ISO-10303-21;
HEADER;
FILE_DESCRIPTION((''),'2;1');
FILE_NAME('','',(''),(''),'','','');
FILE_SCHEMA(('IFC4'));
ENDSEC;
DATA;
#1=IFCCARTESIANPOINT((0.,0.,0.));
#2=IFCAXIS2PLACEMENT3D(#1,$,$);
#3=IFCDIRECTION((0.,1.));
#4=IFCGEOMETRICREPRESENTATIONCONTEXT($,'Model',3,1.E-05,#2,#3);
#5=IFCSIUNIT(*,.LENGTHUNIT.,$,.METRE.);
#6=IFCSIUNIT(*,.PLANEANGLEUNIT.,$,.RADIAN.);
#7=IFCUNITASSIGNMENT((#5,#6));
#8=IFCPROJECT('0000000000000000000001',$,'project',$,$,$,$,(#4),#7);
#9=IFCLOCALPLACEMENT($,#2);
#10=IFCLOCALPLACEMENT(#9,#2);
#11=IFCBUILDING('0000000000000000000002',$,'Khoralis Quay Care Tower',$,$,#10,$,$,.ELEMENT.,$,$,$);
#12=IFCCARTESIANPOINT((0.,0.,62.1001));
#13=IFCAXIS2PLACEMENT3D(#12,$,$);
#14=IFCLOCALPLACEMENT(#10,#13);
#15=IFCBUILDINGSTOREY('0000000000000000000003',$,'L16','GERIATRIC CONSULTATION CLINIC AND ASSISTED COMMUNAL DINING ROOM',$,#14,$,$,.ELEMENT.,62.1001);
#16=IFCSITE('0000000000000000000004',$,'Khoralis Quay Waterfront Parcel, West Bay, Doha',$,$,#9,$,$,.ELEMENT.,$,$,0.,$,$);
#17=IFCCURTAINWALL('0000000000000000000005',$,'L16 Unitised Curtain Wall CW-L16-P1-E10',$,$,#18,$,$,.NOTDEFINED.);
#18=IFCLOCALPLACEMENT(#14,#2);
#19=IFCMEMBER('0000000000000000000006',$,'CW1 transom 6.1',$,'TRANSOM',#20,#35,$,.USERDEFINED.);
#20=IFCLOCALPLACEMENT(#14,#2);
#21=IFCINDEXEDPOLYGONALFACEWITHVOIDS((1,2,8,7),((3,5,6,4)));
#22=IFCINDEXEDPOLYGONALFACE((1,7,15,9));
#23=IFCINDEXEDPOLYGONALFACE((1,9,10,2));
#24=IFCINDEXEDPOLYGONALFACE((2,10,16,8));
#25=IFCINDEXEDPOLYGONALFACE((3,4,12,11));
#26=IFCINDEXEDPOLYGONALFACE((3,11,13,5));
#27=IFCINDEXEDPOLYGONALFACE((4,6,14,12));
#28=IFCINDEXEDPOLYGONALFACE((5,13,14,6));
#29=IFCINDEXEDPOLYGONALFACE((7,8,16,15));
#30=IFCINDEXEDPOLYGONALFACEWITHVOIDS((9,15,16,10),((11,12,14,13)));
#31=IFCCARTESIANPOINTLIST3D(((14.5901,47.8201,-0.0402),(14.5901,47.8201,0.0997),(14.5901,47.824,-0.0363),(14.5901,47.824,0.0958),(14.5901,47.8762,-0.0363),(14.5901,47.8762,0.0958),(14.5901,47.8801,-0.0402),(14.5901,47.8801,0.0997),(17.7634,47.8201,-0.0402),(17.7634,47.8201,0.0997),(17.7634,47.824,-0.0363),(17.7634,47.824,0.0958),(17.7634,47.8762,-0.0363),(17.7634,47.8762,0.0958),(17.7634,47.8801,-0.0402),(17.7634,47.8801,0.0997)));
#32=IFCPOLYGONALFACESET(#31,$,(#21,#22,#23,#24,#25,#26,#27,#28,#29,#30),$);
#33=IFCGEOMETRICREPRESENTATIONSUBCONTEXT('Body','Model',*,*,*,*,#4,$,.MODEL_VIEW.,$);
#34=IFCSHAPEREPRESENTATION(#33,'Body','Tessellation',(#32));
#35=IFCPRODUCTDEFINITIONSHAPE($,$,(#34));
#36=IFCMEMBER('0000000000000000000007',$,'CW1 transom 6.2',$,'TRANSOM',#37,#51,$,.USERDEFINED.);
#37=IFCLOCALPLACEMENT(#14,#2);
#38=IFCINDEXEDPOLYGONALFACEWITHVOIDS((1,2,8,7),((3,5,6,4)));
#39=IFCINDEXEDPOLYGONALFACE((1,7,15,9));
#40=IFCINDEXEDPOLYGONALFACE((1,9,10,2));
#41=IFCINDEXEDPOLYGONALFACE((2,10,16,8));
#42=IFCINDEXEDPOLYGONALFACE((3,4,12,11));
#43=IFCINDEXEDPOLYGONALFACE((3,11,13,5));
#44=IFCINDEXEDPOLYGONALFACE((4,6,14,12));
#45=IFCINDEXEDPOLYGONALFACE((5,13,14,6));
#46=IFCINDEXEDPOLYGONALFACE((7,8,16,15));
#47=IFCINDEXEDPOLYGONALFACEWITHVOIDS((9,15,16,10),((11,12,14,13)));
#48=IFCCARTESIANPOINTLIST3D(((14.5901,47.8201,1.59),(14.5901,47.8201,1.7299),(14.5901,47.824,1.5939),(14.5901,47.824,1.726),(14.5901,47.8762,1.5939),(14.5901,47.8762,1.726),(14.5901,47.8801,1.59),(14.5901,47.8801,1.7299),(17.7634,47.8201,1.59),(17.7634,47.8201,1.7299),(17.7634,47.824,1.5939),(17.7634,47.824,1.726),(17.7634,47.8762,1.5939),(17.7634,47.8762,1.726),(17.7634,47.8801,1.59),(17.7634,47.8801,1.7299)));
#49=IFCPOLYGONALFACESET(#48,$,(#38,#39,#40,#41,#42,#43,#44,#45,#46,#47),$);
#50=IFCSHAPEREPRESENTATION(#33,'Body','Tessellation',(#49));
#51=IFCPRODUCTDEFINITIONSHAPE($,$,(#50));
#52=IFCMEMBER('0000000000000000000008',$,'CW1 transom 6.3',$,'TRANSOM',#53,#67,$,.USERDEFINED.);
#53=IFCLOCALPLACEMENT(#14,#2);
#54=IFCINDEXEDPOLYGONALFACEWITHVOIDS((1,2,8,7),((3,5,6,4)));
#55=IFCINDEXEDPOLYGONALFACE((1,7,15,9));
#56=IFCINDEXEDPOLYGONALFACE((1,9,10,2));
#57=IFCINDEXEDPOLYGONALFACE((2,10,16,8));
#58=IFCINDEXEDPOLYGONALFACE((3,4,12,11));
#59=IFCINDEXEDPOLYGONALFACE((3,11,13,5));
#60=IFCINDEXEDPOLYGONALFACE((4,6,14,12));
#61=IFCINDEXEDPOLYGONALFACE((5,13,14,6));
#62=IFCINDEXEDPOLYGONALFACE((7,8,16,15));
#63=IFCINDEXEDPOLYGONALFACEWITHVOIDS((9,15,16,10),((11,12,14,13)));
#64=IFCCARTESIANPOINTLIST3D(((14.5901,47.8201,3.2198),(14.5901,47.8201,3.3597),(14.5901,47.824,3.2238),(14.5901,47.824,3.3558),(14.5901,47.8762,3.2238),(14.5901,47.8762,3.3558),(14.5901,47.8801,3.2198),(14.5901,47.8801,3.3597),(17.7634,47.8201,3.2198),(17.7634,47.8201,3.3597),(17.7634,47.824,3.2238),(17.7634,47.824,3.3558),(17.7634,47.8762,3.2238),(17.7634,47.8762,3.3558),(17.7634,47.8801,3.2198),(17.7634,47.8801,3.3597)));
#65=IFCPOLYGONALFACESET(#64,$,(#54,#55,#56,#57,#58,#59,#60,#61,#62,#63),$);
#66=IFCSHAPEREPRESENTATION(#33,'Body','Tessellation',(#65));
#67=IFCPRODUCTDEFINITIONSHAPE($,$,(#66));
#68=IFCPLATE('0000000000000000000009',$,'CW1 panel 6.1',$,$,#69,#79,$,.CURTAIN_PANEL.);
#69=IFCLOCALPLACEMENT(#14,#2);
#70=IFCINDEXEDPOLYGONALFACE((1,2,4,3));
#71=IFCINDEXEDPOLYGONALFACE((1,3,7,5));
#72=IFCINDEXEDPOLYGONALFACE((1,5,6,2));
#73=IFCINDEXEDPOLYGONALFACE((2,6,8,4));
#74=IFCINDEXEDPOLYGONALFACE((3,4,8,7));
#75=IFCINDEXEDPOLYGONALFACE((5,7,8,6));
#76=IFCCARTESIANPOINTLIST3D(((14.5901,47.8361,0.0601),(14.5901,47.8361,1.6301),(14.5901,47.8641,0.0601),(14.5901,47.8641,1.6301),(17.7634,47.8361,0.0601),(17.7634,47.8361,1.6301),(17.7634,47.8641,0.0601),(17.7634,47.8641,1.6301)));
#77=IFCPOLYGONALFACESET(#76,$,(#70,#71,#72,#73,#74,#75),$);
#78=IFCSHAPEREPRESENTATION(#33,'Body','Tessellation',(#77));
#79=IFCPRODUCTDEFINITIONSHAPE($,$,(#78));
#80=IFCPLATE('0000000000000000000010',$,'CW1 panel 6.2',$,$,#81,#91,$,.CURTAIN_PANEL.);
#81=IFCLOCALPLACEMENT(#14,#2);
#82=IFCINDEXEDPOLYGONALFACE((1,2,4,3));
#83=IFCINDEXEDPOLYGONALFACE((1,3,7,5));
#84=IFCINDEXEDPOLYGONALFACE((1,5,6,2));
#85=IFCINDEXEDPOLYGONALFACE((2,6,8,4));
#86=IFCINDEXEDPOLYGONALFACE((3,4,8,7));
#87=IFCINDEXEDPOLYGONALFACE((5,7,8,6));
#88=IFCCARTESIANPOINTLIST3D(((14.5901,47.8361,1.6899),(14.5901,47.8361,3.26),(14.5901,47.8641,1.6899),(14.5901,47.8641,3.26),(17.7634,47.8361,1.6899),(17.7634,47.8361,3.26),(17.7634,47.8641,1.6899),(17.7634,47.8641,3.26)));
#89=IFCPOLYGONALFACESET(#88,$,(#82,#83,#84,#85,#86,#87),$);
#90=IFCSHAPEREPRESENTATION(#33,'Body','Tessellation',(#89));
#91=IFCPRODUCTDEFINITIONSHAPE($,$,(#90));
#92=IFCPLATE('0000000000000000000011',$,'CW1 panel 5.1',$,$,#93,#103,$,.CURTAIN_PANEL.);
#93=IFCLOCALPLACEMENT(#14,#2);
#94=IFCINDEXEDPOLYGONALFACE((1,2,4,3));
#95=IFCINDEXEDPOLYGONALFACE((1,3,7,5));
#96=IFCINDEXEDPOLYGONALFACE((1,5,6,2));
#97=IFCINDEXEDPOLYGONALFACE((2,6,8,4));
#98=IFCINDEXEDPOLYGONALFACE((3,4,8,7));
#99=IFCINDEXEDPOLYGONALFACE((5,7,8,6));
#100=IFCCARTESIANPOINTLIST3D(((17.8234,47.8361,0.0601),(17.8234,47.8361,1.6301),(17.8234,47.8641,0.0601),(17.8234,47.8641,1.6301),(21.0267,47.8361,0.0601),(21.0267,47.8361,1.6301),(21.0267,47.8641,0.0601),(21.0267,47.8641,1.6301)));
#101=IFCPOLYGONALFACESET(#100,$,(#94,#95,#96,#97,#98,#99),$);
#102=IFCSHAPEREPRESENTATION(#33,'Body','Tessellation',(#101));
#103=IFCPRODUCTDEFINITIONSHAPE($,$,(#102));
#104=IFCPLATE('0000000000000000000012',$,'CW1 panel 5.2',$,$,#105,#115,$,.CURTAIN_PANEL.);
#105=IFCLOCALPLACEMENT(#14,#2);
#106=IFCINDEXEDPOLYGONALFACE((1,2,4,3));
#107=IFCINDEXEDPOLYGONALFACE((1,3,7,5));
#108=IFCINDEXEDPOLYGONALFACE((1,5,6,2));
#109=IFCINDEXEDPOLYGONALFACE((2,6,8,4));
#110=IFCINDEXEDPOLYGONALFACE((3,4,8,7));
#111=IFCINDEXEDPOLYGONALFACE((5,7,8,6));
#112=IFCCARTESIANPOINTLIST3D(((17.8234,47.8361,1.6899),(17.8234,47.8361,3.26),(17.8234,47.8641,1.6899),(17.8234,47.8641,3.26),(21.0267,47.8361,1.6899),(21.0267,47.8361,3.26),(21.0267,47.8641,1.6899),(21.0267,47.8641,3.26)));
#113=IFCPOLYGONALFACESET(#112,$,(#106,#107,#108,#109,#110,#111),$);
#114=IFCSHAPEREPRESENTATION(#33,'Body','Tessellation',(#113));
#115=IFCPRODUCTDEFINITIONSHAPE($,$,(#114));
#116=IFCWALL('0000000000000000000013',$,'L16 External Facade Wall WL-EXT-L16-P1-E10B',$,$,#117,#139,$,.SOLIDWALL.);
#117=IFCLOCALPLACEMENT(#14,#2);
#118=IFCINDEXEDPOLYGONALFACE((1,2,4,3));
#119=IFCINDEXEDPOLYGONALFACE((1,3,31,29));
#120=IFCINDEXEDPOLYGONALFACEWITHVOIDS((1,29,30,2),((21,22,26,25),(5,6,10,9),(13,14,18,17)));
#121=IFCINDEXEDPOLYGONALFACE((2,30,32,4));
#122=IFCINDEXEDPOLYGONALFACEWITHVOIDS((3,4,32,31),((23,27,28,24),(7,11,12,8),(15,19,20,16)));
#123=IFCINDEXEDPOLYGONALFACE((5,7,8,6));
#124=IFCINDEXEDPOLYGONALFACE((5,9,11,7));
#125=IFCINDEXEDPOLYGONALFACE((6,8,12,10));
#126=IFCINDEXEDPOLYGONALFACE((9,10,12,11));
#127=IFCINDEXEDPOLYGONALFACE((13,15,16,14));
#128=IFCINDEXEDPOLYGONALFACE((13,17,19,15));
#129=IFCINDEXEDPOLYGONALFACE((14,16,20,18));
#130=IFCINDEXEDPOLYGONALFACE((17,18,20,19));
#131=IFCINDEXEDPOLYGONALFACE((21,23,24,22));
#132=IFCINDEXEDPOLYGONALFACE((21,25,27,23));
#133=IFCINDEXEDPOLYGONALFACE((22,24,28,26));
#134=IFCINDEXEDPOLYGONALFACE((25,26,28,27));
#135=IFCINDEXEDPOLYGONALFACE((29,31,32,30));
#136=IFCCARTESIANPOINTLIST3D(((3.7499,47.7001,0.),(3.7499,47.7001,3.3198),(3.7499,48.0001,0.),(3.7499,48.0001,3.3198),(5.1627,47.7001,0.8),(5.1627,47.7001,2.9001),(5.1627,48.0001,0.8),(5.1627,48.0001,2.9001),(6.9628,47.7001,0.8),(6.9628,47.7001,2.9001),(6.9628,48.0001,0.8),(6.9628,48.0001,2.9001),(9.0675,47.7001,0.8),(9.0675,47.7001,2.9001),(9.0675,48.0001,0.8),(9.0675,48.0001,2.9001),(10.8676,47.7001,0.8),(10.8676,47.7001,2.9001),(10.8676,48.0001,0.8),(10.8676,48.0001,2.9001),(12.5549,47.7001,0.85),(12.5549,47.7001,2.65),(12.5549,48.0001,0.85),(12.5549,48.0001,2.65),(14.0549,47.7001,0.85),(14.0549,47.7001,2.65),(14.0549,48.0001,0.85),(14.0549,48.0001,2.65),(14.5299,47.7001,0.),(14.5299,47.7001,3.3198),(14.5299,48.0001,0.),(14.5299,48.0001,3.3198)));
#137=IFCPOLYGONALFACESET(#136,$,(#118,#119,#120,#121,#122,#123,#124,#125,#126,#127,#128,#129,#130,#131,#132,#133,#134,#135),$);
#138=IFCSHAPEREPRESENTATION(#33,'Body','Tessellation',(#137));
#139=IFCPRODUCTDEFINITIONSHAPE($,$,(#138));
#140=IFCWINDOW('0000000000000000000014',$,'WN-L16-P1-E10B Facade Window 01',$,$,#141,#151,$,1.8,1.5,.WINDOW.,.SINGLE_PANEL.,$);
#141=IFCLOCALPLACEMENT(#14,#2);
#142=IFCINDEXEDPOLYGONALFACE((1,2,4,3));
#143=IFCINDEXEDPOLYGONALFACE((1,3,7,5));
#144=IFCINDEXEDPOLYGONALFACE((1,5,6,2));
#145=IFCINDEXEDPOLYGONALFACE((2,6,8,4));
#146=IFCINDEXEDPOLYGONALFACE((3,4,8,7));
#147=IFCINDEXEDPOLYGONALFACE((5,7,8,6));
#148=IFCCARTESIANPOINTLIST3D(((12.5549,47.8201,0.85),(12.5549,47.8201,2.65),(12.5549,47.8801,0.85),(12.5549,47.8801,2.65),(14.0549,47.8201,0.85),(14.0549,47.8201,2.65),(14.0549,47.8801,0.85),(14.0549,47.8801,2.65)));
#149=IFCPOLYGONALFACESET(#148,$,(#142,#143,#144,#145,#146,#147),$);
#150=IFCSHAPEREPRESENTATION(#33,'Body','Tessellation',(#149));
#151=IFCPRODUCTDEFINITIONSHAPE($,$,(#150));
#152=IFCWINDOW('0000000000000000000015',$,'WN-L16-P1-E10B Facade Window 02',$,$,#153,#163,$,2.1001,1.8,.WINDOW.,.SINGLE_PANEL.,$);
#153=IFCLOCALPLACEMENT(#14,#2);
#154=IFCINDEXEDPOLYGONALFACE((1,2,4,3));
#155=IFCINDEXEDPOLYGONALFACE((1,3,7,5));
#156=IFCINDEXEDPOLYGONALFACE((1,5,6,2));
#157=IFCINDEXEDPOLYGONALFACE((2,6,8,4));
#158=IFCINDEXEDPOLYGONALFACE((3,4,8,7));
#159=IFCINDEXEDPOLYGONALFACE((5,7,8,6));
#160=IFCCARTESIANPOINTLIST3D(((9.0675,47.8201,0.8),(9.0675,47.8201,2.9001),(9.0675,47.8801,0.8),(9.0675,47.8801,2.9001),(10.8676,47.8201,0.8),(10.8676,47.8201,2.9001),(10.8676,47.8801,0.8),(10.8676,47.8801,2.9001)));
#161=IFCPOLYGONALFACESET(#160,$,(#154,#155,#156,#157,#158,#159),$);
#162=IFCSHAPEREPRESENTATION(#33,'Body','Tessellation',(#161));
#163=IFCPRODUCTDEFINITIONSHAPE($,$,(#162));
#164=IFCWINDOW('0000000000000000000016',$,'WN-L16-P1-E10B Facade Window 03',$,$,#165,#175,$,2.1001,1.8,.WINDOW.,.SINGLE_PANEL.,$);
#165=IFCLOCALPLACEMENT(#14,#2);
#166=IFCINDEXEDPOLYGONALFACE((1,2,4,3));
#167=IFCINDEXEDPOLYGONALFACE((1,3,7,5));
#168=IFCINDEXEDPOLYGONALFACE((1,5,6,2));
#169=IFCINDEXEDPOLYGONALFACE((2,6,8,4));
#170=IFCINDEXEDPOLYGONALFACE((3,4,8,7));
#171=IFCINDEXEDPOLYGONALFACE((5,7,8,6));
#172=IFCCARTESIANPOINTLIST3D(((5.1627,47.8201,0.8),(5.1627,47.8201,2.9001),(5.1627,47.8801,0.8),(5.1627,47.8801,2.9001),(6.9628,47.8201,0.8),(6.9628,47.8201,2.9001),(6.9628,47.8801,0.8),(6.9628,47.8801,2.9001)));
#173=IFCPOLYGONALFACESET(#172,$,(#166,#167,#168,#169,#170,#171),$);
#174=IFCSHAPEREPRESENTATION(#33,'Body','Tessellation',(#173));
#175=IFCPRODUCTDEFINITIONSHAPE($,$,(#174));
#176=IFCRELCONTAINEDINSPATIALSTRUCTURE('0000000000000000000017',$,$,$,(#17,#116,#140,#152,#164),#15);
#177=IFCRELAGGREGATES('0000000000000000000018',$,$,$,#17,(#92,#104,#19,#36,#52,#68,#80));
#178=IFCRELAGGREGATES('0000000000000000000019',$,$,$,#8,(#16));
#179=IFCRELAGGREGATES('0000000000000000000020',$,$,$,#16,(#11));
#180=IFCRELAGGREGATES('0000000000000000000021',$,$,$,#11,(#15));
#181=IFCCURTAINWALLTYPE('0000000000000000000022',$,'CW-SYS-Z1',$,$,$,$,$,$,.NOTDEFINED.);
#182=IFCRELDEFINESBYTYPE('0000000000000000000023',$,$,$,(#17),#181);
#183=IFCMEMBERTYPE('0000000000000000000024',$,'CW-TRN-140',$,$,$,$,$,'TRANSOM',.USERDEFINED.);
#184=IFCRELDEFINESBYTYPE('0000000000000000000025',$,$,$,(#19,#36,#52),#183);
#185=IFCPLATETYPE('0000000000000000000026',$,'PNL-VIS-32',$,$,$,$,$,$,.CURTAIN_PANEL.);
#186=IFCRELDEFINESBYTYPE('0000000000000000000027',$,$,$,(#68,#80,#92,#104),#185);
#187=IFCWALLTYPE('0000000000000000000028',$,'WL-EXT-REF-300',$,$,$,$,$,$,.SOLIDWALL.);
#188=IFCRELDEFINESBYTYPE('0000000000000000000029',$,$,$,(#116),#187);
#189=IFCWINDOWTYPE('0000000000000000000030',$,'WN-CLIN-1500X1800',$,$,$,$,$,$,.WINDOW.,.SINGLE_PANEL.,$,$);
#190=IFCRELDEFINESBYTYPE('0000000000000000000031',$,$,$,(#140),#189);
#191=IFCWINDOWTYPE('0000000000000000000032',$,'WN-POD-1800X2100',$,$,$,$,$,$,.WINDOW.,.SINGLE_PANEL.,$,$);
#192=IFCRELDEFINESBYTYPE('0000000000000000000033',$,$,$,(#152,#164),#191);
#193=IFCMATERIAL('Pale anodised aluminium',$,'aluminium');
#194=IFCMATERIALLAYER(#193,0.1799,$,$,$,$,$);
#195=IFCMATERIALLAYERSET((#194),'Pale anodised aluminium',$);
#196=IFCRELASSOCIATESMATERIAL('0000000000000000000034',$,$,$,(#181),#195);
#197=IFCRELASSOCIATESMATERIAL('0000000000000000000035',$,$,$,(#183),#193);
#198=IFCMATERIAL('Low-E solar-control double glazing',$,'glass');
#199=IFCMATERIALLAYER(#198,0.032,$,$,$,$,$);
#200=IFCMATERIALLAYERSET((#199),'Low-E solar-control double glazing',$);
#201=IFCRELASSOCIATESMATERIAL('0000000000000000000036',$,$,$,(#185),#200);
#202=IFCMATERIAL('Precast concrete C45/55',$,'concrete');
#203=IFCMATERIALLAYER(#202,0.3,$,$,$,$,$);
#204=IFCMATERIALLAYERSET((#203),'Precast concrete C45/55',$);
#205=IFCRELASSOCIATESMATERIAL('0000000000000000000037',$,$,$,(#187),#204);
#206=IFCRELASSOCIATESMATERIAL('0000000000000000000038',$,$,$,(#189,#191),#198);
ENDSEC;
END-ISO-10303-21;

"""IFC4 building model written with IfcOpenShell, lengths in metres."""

from ifc_helpers import new_model, si_unit, direction, frame, frame_2d, origin, origin_2d, place, context, subcontext, project, spatial, rectangle, hollow_rectangle, extrude, source, transform, mapped, material, layer, layer_set, material_profile, profile_set, type_object, element, fill, aggregate, save


model = new_model("IFC4")

# Units and contexts
model_context = context("Model", 3, precision=1e-05, world=origin(), true_north=direction((0.0, 1.0)))
body_context = subcontext(model_context, "Body", "Model", "MODEL_VIEW")
ifc_project = project(units=[si_unit("LENGTHUNIT", "METRE"), si_unit("PLANEANGLEUNIT", "RADIAN")], contexts=[model_context])

# Site, building, storey
site_placement = place(None, origin())
site = spatial("IfcSite", under=ifc_project, at=site_placement, Name="Khoralis Quay Waterfront Parcel, West Bay, Doha", CompositionType="ELEMENT", RefElevation=0.0)
building_placement = place(site_placement, origin())
building = spatial("IfcBuilding", under=site, at=building_placement, Name="Khoralis Quay Care Tower", CompositionType="ELEMENT")
storey_placement = place(building_placement, frame((0.0, 0.0, 62.1001)))
storey = spatial("IfcBuildingStorey", under=building, at=storey_placement, Name="L16", Description="GERIATRIC CONSULTATION CLINIC AND ASSISTED COMMUNAL DINING ROOM", CompositionType="ELEMENT", Elevation=62.1001)

# Curtain wall, members, plates
ifc_material_1 = material(Name="Pale anodised aluminium", Category="aluminium")
ifc_layer_1 = layer(ifc_material_1, 0.1799)
ifc_layer_set_1 = layer_set([ifc_layer_1], Name="Pale anodised aluminium")
curtain_wall_type = type_object("IfcCurtainWallType", Name="CW-SYS-Z1", PredefinedType="NOTDEFINED", material=ifc_layer_set_1)
curtain_wall_placement = place(storey_placement, origin())
curtain_wall = element("IfcCurtainWall", 1, at=curtain_wall_placement, inside=storey, type_object=curtain_wall_type, Name="L16 Unitised Curtain Wall CW-L16-P1-E10", PredefinedType="NOTDEFINED")
ifc_material_profile_1 = material_profile(ifc_material_1, hollow_rectangle(XDim=0.0601, YDim=0.1399, WallThickness=0.0039, at=origin_2d()), Name="Pale anodised aluminium")
ifc_profile_set_1 = profile_set([ifc_material_profile_1], Name="Pale anodised aluminium")
member_type_1 = type_object("IfcMemberType", Name="CW-TRN-140", ElementType="TRANSOM", PredefinedType="USERDEFINED", material=ifc_profile_set_1)
shared_shape_1 = source(origin(), body_context, "Body", "SweptSolid", [
    extrude(hollow_rectangle(XDim=0.0601, YDim=0.1399, WallThickness=0.0039, at=origin_2d()), origin(), (0.0, 0.0, 1.0), 3.1733),
])
member_1_placement = place(storey_placement, frame((17.7634, 47.8501, 0.0298), z_axis=(-1.0, 0.0, 0.0), x_axis=(0.0, -1.0, 0.0)))
member_1 = element("IfcMember", 2, at=member_1_placement, type_object=member_type_1, Name="CW1 transom 6.1", ObjectType="TRANSOM", PredefinedType="USERDEFINED", context=body_context, shape_type="MappedRepresentation", body=[
    mapped(shared_shape_1, transform((0.0, 0.0, 0.0), scale=1.0)),
])
member_2_placement = place(storey_placement, frame((17.7634, 47.8501, 1.6599), z_axis=(-1.0, 0.0, 0.0), x_axis=(0.0, -1.0, 0.0)))
member_2 = element("IfcMember", 3, at=member_2_placement, type_object=member_type_1, Name="CW1 transom 6.2", ObjectType="TRANSOM", PredefinedType="USERDEFINED", context=body_context, shape_type="MappedRepresentation", body=[
    mapped(shared_shape_1, transform((0.0, 0.0, 0.0), scale=1.0)),
])
member_3_placement = place(storey_placement, frame((17.7634, 47.8501, 3.2898), z_axis=(-1.0, 0.0, 0.0), x_axis=(0.0, -1.0, 0.0)))
member_3 = element("IfcMember", 4, at=member_3_placement, type_object=member_type_1, Name="CW1 transom 6.3", ObjectType="TRANSOM", PredefinedType="USERDEFINED", context=body_context, shape_type="MappedRepresentation", body=[
    mapped(shared_shape_1, transform((0.0, 0.0, 0.0), scale=1.0)),
])
ifc_material_2 = material(Name="Low-E solar-control double glazing", Category="glass")
ifc_layer_2 = layer(ifc_material_2, 0.032)
ifc_layer_set_2 = layer_set([ifc_layer_2], Name="Low-E solar-control double glazing")
plate_type = type_object("IfcPlateType", Name="PNL-VIS-32", PredefinedType="CURTAIN_PANEL", material=ifc_layer_set_2)
shared_shape_2 = source(origin(), body_context, "Body", "SweptSolid", [
    extrude(rectangle(XDim=3.1733, YDim=0.0281, at=origin_2d()), origin(), (0.0, 0.0, 1.0), 1.5701),
])
plate_1_placement = place(storey_placement, frame((16.1768, 47.8501, 0.0601), z_axis=(0.0, 0.0, 1.0), x_axis=(-1.0, 0.0, 0.0)))
plate_1 = element("IfcPlate", 5, at=plate_1_placement, type_object=plate_type, Name="CW1 panel 6.1", PredefinedType="CURTAIN_PANEL", context=body_context, shape_type="MappedRepresentation", body=[
    mapped(shared_shape_2, transform((0.0, 0.0, 0.0), scale=1.0)),
])
plate_2_placement = place(storey_placement, frame((16.1768, 47.8501, 1.6899), z_axis=(0.0, 0.0, 1.0), x_axis=(-1.0, 0.0, 0.0)))
plate_2 = element("IfcPlate", 6, at=plate_2_placement, type_object=plate_type, Name="CW1 panel 6.2", PredefinedType="CURTAIN_PANEL", context=body_context, shape_type="MappedRepresentation", body=[
    mapped(shared_shape_2, transform((0.0, 0.0, 0.0), scale=1.0)),
])
shared_shape_3 = source(origin(), body_context, "Body", "SweptSolid", [
    extrude(rectangle(XDim=3.2034, YDim=0.0281, at=origin_2d()), origin(), (0.0, 0.0, 1.0), 1.5701),
])
plate_3_placement = place(storey_placement, frame((19.425, 47.8501, 0.0601), z_axis=(0.0, 0.0, 1.0), x_axis=(-1.0, 0.0, 0.0)))
plate_3 = element("IfcPlate", 7, at=plate_3_placement, type_object=plate_type, Name="CW1 panel 5.1", PredefinedType="CURTAIN_PANEL", context=body_context, shape_type="MappedRepresentation", body=[
    mapped(shared_shape_3, transform((0.0, 0.0, 0.0), scale=1.0)),
])
plate_4_placement = place(storey_placement, frame((19.425, 47.8501, 1.6899), z_axis=(0.0, 0.0, 1.0), x_axis=(-1.0, 0.0, 0.0)))
plate_4 = element("IfcPlate", 8, at=plate_4_placement, type_object=plate_type, Name="CW1 panel 5.2", PredefinedType="CURTAIN_PANEL", context=body_context, shape_type="MappedRepresentation", body=[
    mapped(shared_shape_3, transform((0.0, 0.0, 0.0), scale=1.0)),
])
aggregate(curtain_wall, [plate_3, plate_4, member_1, member_2, member_3, plate_1, plate_2])

# Wall, openings, windows
ifc_material_3 = material(Name="Precast concrete C45/55", Category="concrete")
ifc_layer_3 = layer(ifc_material_3, 0.3)
ifc_layer_set_3 = layer_set([ifc_layer_3], Name="Precast concrete C45/55")
wall_type_1 = type_object("IfcWallType", Name="WL-EXT-REF-300", PredefinedType="SOLIDWALL", material=ifc_layer_set_3)
wall_1_placement = place(storey_placement, frame((14.53, 47.8501, 0.0), z_axis=(0.0, 0.0, 1.0), x_axis=(-1.0, 0.0, 0.0)))
wall_1 = element("IfcWall", 9, at=wall_1_placement, inside=storey, type_object=wall_type_1, Name="L16 External Facade Wall WL-EXT-L16-P1-E10B", PredefinedType="SOLIDWALL", context=body_context, shape_type="SweptSolid", body=[
    extrude(rectangle(XDim=10.78, YDim=0.3, at=frame_2d((5.3901, 0.0))), origin(), (0.0, 0.0, 1.0), 3.3198),
])
opening_1_placement = place(wall_1_placement, frame((0.4751, 0.0, 0.8501)))
opening_1 = element("IfcOpeningElement", 10, at=opening_1_placement, cuts=wall_1, PredefinedType="OPENING", context=body_context, shape_type="SweptSolid", body=[
    extrude(rectangle(XDim=1.5, YDim=1.8, at=frame_2d((0.75, 0.8999))), frame((0.0, 0.1602, 0.0), z_axis=(0.0, -1.0, 0.0), x_axis=(1.0, 0.0, 0.0)), (0.0, 0.0, 1.0), 0.3201),
])
opening_2_placement = place(wall_1_placement, frame((3.6626, 0.0, 0.8)))
opening_2 = element("IfcOpeningElement", 11, at=opening_2_placement, cuts=wall_1, PredefinedType="OPENING", context=body_context, shape_type="SweptSolid", body=[
    extrude(rectangle(XDim=1.8, YDim=2.1001, at=frame_2d((0.8999, 1.05))), frame((0.0, 0.1602, 0.0), z_axis=(0.0, -1.0, 0.0), x_axis=(1.0, 0.0, 0.0)), (0.0, 0.0, 1.0), 0.3201),
])
opening_3_placement = place(wall_1_placement, frame((7.5674, 0.0, 0.8)))
opening_3 = element("IfcOpeningElement", 12, at=opening_3_placement, cuts=wall_1, PredefinedType="OPENING", context=body_context, shape_type="SweptSolid", body=[
    extrude(rectangle(XDim=1.8, YDim=2.1001, at=frame_2d((0.8999, 1.05))), frame((0.0, 0.1602, 0.0), z_axis=(0.0, -1.0, 0.0), x_axis=(1.0, 0.0, 0.0)), (0.0, 0.0, 1.0), 0.3201),
])
window_type_1 = type_object("IfcWindowType", Name="WN-CLIN-1500X1800", PartitioningType="SINGLE_PANEL", PredefinedType="WINDOW", material=ifc_material_2)
shared_shape_4 = source(origin(), body_context, "Body", "SweptSolid", [
    extrude(rectangle(XDim=1.5, YDim=1.8, at=frame_2d((0.75, 0.8999))), frame((0.0, 0.03, 0.0), z_axis=(0.0, -1.0, 0.0), x_axis=(1.0, 0.0, 0.0)), (0.0, 0.0, 1.0), 0.0601),
])
window_1_placement = place(opening_1_placement, origin())
window_1 = element("IfcWindow", 13, at=window_1_placement, inside=storey, type_object=window_type_1, Name="WN-L16-P1-E10B Facade Window 01", OverallHeight=1.8, OverallWidth=1.5, PartitioningType="SINGLE_PANEL", PredefinedType="WINDOW", context=body_context, shape_type="MappedRepresentation", body=[
    mapped(shared_shape_4, transform((0.0, 0.0, 0.0), scale=1.0)),
])
fill(opening_1, window_1)
window_type_2 = type_object("IfcWindowType", Name="WN-POD-1800X2100", PartitioningType="SINGLE_PANEL", PredefinedType="WINDOW", material=ifc_material_2)
shared_shape_5 = source(origin(), body_context, "Body", "SweptSolid", [
    extrude(rectangle(XDim=1.8, YDim=2.1001, at=frame_2d((0.8999, 1.05))), frame((0.0, 0.03, 0.0), z_axis=(0.0, -1.0, 0.0), x_axis=(1.0, 0.0, 0.0)), (0.0, 0.0, 1.0), 0.0601),
])
window_2_placement = place(opening_2_placement, origin())
window_2 = element("IfcWindow", 14, at=window_2_placement, inside=storey, type_object=window_type_2, Name="WN-L16-P1-E10B Facade Window 02", OverallHeight=2.1001, OverallWidth=1.8, PartitioningType="SINGLE_PANEL", PredefinedType="WINDOW", context=body_context, shape_type="MappedRepresentation", body=[
    mapped(shared_shape_5, transform((0.0, 0.0, 0.0), scale=1.0)),
])
fill(opening_2, window_2)
window_3_placement = place(opening_3_placement, origin())
window_3 = element("IfcWindow", 15, at=window_3_placement, inside=storey, type_object=window_type_2, Name="WN-L16-P1-E10B Facade Window 03", OverallHeight=2.1001, OverallWidth=1.8, PartitioningType="SINGLE_PANEL", PredefinedType="WINDOW", context=body_context, shape_type="MappedRepresentation", body=[
    mapped(shared_shape_5, transform((0.0, 0.0, 0.0), scale=1.0)),
])
fill(opening_3, window_3)

save(model, "model.ifc")
